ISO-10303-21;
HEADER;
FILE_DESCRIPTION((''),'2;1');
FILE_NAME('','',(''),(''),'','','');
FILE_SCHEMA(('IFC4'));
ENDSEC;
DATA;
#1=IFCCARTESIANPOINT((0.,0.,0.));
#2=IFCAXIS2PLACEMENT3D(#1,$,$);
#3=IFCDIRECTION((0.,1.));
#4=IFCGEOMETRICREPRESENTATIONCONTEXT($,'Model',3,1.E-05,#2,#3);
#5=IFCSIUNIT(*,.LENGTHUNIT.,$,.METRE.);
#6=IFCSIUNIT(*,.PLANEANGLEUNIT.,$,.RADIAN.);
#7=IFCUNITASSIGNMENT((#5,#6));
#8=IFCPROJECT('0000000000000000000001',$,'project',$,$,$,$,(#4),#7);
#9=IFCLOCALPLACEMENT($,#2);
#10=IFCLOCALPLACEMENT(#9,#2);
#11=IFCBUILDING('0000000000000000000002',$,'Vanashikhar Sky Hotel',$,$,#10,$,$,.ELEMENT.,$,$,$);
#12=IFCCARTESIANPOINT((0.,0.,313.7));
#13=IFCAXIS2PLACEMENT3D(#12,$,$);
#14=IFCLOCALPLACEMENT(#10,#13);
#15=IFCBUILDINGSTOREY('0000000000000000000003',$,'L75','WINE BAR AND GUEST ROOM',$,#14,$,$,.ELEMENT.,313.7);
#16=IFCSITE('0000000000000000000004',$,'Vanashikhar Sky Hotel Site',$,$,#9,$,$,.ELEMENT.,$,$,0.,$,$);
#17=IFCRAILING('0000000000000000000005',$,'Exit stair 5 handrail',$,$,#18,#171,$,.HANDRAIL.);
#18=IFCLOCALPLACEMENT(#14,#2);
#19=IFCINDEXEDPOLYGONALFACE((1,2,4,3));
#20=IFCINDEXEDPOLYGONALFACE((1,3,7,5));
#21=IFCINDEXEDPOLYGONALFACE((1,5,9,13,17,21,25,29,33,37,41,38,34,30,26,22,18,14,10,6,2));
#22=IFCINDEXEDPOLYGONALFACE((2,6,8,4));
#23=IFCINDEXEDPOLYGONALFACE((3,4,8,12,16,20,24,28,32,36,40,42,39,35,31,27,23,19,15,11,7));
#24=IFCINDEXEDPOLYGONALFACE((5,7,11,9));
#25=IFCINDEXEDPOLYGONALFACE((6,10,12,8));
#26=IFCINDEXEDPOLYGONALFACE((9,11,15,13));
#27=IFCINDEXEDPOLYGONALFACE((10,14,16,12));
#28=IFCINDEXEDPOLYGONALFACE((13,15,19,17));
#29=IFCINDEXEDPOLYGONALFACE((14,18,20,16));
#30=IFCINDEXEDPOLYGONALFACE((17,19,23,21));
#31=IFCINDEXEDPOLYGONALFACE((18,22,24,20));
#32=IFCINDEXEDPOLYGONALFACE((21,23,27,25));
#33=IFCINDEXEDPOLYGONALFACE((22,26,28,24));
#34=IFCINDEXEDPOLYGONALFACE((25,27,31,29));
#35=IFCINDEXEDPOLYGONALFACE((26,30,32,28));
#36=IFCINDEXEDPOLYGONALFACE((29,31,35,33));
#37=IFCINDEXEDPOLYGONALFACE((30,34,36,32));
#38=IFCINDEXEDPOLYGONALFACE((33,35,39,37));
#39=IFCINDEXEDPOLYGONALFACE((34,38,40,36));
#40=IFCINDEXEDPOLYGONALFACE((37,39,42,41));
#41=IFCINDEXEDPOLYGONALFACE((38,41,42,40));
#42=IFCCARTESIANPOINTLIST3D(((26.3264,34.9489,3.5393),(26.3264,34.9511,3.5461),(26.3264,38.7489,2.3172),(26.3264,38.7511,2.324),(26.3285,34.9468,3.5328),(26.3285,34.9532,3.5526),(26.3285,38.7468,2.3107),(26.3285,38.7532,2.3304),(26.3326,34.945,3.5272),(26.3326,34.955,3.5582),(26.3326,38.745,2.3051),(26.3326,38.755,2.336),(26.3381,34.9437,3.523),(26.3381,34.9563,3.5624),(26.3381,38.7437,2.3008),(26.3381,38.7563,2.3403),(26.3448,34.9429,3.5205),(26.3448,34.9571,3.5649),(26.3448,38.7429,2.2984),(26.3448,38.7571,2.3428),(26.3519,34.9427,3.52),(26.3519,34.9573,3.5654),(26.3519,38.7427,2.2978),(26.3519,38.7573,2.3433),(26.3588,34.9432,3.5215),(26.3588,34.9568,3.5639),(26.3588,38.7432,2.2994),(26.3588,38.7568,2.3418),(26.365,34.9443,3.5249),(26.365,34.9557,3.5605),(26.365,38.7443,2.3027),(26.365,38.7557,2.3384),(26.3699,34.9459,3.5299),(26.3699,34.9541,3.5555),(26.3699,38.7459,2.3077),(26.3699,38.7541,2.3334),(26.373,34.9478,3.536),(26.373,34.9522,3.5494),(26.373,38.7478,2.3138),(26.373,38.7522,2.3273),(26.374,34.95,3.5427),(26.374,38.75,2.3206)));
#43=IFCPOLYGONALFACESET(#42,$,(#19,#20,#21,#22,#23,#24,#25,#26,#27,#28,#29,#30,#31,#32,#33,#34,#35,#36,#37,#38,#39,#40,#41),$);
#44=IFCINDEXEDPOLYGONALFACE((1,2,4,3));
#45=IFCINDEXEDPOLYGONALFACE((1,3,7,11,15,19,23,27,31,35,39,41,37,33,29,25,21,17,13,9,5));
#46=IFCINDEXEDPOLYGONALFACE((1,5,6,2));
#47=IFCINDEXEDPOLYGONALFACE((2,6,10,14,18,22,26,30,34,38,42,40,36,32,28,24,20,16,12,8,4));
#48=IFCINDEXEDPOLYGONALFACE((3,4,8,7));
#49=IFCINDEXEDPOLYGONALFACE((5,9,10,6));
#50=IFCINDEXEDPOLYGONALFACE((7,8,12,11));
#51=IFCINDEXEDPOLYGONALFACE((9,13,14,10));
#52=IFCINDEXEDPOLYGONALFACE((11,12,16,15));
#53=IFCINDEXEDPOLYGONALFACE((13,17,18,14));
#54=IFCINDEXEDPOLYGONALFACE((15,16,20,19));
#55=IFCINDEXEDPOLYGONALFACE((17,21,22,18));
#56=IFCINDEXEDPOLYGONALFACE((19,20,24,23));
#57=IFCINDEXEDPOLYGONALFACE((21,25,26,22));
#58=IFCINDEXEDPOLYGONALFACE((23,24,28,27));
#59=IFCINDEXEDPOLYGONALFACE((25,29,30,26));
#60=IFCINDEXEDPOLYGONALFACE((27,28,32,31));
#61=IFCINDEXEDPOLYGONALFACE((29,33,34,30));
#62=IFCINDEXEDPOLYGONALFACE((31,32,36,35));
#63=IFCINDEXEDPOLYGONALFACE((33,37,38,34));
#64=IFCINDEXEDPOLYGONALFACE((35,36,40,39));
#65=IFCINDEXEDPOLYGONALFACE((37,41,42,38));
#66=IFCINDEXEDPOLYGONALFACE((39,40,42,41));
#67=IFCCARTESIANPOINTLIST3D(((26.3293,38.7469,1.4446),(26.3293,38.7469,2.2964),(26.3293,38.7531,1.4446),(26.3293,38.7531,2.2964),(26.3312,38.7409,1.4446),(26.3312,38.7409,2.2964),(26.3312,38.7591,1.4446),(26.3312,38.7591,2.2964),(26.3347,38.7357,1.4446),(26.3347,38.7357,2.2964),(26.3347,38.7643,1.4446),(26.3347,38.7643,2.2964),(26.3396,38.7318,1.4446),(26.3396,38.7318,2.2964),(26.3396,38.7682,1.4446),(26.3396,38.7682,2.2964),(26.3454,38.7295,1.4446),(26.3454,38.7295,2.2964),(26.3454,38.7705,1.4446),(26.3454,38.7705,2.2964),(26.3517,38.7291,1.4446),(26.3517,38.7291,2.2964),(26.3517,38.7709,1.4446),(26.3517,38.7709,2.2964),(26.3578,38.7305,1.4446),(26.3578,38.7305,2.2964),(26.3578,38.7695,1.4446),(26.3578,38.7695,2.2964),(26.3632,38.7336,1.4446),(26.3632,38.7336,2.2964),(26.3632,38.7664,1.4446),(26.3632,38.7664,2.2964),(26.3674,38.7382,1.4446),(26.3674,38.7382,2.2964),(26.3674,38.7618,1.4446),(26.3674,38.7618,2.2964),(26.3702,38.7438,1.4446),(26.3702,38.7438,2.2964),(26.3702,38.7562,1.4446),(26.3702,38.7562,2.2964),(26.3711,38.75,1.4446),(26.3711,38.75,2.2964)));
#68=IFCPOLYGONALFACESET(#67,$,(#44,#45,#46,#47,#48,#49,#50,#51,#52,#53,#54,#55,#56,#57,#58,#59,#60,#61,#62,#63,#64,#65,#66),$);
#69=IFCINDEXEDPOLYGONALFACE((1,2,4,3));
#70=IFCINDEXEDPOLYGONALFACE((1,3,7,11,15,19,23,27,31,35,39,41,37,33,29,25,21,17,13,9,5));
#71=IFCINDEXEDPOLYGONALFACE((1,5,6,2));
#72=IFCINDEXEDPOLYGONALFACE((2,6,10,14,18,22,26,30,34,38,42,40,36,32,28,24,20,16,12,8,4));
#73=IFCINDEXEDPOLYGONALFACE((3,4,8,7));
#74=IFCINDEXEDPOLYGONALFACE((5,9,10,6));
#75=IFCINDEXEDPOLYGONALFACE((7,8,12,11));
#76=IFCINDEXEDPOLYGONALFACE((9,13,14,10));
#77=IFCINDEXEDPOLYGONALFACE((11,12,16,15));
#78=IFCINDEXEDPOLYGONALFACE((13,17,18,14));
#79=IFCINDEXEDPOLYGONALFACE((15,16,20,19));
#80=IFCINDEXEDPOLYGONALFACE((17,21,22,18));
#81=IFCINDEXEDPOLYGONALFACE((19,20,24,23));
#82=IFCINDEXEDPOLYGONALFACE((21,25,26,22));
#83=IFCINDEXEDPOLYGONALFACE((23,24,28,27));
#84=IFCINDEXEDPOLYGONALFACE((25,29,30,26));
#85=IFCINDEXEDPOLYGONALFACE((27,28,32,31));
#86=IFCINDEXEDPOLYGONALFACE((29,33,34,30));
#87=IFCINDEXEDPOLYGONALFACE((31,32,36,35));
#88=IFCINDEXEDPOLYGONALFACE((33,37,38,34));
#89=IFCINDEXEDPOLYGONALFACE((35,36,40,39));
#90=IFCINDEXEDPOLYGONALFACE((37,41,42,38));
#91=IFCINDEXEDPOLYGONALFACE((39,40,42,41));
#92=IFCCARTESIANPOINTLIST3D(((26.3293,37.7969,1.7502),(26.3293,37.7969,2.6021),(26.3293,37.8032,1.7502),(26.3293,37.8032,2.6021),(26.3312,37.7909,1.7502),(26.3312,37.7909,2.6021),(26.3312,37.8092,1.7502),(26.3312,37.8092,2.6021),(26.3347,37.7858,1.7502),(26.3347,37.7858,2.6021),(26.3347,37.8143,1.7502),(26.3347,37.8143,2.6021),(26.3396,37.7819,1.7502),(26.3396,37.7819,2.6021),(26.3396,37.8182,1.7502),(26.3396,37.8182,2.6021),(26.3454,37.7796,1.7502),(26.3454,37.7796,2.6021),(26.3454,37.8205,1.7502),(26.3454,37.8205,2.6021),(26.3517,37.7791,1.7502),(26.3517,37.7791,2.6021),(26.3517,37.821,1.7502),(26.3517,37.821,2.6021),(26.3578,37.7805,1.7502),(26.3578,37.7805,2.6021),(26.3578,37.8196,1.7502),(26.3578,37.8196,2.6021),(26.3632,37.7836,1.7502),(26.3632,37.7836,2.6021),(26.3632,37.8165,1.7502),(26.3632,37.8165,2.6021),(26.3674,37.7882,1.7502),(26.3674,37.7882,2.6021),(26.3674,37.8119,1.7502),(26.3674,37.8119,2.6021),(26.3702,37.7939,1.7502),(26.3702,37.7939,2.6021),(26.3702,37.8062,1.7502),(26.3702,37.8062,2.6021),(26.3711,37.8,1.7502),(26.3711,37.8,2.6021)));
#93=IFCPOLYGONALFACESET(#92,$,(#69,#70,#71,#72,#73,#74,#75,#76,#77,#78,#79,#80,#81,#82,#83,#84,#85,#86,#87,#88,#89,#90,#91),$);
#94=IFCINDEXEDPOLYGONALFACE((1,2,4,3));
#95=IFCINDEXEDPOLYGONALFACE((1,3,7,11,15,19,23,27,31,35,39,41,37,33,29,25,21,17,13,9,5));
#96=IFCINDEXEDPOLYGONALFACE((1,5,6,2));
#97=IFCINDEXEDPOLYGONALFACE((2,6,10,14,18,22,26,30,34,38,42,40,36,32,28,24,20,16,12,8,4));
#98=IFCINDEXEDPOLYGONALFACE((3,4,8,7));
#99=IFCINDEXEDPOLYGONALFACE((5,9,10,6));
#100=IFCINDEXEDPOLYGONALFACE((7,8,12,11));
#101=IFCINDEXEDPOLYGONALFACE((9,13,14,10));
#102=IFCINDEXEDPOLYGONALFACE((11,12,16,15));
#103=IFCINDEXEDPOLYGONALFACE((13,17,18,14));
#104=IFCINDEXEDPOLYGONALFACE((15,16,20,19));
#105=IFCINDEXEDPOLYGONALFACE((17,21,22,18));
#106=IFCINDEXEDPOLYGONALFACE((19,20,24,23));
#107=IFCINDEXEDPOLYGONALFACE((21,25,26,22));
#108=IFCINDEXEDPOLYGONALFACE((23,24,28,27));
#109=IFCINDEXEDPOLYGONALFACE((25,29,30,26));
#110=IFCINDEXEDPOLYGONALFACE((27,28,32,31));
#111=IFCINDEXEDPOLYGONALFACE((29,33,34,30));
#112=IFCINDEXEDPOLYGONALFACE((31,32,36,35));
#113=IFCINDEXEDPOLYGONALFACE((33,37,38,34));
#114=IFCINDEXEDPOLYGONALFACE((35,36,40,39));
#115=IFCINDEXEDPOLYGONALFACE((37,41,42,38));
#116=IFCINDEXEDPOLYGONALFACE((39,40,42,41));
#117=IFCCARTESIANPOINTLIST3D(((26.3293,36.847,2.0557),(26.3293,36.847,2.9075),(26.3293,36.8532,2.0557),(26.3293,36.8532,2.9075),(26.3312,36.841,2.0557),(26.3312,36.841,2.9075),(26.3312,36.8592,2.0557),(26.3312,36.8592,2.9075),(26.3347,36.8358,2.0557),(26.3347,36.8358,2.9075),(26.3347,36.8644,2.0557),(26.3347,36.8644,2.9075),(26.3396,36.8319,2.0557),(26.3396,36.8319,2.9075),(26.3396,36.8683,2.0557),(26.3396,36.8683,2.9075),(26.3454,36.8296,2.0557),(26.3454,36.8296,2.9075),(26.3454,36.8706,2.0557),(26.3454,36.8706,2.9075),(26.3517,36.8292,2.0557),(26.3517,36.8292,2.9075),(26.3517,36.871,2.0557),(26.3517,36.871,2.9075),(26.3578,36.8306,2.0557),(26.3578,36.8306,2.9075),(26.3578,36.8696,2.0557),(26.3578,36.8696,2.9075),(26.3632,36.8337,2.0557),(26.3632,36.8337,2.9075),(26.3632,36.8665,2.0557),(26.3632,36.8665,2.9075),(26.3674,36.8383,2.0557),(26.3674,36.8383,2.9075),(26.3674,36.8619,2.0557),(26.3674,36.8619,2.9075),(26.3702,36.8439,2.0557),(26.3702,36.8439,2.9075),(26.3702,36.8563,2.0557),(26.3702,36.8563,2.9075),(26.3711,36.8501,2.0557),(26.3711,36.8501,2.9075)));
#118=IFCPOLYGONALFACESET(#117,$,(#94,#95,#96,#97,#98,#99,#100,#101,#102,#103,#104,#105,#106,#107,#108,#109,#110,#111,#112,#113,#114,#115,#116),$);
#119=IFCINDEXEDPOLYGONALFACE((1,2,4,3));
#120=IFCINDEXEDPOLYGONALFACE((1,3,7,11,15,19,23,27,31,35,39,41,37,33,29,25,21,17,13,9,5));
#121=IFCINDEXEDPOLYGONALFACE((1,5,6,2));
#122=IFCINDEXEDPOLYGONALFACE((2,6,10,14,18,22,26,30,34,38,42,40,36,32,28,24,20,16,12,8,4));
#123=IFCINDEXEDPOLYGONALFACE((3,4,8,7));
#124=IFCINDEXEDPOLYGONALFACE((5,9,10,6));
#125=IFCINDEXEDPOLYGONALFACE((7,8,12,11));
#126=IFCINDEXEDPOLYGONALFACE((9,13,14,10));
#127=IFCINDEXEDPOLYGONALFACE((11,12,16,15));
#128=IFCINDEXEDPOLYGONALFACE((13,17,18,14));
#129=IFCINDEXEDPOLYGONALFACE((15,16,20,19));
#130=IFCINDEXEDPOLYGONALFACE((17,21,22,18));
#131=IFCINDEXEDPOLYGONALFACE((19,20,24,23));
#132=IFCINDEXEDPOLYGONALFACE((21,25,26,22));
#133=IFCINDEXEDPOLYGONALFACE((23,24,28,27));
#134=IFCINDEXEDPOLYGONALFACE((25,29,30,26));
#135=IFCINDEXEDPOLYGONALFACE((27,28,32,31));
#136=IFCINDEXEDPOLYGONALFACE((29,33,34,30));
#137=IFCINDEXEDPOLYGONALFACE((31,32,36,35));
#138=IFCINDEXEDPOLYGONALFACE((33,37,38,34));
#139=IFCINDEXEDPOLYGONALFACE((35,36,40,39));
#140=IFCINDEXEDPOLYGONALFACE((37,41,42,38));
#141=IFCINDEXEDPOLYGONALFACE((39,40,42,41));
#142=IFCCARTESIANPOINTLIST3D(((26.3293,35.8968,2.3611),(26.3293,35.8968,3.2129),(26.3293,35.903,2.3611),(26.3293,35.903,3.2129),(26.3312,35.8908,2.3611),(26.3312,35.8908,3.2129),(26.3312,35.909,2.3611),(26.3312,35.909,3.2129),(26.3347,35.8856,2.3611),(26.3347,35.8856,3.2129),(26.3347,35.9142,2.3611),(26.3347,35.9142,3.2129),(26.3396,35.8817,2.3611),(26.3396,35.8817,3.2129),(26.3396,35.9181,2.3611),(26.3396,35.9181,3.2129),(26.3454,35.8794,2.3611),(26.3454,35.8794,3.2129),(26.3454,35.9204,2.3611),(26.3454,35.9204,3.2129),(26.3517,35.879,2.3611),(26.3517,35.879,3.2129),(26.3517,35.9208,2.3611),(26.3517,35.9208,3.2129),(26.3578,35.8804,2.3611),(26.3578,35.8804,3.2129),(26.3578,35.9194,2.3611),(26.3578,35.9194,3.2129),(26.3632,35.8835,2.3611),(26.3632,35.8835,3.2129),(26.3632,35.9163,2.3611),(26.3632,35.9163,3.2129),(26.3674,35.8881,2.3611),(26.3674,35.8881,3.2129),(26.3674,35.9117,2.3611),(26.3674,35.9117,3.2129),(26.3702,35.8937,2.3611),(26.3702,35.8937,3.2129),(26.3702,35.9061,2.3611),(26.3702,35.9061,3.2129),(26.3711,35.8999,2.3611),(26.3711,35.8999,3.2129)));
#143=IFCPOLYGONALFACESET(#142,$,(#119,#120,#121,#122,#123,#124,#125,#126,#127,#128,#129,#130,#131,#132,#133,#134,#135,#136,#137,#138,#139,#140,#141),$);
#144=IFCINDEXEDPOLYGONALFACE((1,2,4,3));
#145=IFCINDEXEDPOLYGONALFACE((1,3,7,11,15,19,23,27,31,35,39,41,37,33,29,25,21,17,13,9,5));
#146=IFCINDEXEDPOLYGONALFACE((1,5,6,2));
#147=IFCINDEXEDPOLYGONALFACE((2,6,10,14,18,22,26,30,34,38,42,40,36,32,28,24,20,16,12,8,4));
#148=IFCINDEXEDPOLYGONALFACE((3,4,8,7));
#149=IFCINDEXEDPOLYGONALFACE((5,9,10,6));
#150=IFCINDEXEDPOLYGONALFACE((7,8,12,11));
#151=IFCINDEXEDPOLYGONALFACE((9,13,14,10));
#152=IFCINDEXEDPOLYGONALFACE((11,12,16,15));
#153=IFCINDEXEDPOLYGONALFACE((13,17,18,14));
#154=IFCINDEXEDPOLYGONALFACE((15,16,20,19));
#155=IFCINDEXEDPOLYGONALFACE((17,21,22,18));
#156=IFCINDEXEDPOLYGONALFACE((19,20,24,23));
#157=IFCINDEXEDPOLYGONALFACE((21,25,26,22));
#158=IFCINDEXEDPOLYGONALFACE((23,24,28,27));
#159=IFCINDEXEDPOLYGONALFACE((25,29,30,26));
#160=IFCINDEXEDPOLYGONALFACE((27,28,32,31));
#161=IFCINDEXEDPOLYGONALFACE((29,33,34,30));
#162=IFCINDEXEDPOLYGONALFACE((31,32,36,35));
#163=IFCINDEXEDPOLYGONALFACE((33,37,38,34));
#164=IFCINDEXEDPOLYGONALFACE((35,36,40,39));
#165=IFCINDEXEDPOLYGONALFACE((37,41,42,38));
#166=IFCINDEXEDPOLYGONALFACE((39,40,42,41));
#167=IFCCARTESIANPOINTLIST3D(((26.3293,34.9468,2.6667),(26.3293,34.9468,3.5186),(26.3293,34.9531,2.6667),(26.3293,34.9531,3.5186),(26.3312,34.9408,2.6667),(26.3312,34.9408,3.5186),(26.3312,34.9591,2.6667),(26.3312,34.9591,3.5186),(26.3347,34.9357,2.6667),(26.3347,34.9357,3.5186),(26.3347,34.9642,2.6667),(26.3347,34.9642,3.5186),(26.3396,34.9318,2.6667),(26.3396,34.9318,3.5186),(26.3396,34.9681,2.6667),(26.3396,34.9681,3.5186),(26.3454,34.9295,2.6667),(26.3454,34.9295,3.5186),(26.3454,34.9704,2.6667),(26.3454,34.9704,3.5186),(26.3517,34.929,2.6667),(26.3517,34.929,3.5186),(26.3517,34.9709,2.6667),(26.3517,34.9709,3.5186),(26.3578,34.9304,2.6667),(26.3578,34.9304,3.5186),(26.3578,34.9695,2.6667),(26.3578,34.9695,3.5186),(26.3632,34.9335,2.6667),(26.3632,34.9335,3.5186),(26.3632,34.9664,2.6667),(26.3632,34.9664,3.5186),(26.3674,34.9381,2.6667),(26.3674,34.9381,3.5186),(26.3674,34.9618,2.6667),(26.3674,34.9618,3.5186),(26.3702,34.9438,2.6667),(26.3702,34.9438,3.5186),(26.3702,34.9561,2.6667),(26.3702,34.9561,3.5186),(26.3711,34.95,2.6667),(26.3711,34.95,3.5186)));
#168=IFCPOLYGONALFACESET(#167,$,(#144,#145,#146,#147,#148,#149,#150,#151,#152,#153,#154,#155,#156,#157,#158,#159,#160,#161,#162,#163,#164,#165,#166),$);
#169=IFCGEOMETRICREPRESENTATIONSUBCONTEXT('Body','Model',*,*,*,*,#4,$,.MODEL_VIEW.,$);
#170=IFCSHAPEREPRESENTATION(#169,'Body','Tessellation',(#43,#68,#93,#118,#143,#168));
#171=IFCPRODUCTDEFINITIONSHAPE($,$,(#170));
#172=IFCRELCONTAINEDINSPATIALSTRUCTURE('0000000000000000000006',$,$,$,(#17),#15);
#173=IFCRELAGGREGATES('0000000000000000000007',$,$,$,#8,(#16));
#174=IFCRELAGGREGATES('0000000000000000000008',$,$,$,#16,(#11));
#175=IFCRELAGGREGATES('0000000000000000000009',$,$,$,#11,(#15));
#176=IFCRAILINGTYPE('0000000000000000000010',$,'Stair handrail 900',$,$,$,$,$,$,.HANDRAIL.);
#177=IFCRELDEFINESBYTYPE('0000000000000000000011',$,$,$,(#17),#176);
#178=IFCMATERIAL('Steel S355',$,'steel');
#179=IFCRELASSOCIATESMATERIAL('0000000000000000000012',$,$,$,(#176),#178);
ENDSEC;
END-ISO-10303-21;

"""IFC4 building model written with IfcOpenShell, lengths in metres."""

from ifc_helpers import new_model, si_unit, direction, frame, origin, origin_2d, place, context, subcontext, project, spatial, circle, extrude, source, transform, mapped, material, type_object, element, save


model = new_model("IFC4")

# Units and contexts
model_context = context("Model", 3, precision=1e-05, world=origin(), true_north=direction((0.0, 1.0)))
body_context = subcontext(model_context, "Body", "Model", "MODEL_VIEW")
ifc_project = project(units=[si_unit("LENGTHUNIT", "METRE"), si_unit("PLANEANGLEUNIT", "RADIAN")], contexts=[model_context])

# Site, building, storey
site_placement = place(None, origin())
site = spatial("IfcSite", under=ifc_project, at=site_placement, Name="Vanashikhar Sky Hotel Site", CompositionType="ELEMENT", RefElevation=0.0)
building_placement = place(site_placement, origin())
building = spatial("IfcBuilding", under=site, at=building_placement, Name="Vanashikhar Sky Hotel", CompositionType="ELEMENT")
storey_placement = place(building_placement, frame((0.0, 0.0, 313.7)))
storey = spatial("IfcBuildingStorey", under=building, at=storey_placement, Name="L75", Description="WINE BAR AND GUEST ROOM", CompositionType="ELEMENT", Elevation=313.7)

# Railing
ifc_material_1 = material(Name="Steel S355", Category="steel")
railing_type_1 = type_object("IfcRailingType", Name="Stair handrail 900", PredefinedType="HANDRAIL", material=ifc_material_1)
shared_shape_1 = source(origin(), body_context, "Body", "SweptSolid", [
    extrude(circle(Radius=0.0239, at=origin_2d()), frame((0.0, 0.0, 0.876), z_axis=(0.0, -0.951976, 0.306173), x_axis=(1.0, 0.0, 0.0)), (0.0, 0.0, 1.0), 3.9917),
    extrude(circle(Radius=0.021, at=origin_2d()), origin(), (0.0, 0.0, 1.0), 0.8518),
    extrude(circle(Radius=0.021, at=origin_2d()), frame((0.0, -0.95, 0.3057)), (0.0, 0.0, 1.0), 0.8518),
    extrude(circle(Radius=0.021, at=origin_2d()), frame((0.0, -1.8999, 0.6111)), (0.0, 0.0, 1.0), 0.8518),
    extrude(circle(Radius=0.021, at=origin_2d()), frame((0.0, -2.8501, 0.9165)), (0.0, 0.0, 1.0), 0.8518),
    extrude(circle(Radius=0.021, at=origin_2d()), frame((0.0, -3.8, 1.2222)), (0.0, 0.0, 1.0), 0.8518),
])
for number, where, name in (
    (1, (26.3501, 38.75, 1.4446), "Exit stair 5 handrail"),
):
    element("IfcRailing", number, at=place(storey_placement, frame(where)), inside=storey, type_object=railing_type_1, Name=name, PredefinedType="HANDRAIL", context=body_context, shape_type="MappedRepresentation", body=[
        mapped(shared_shape_1, transform((0.0, 0.0, 0.0), scale=1.0)),
    ])

save(model, "model.ifc")
